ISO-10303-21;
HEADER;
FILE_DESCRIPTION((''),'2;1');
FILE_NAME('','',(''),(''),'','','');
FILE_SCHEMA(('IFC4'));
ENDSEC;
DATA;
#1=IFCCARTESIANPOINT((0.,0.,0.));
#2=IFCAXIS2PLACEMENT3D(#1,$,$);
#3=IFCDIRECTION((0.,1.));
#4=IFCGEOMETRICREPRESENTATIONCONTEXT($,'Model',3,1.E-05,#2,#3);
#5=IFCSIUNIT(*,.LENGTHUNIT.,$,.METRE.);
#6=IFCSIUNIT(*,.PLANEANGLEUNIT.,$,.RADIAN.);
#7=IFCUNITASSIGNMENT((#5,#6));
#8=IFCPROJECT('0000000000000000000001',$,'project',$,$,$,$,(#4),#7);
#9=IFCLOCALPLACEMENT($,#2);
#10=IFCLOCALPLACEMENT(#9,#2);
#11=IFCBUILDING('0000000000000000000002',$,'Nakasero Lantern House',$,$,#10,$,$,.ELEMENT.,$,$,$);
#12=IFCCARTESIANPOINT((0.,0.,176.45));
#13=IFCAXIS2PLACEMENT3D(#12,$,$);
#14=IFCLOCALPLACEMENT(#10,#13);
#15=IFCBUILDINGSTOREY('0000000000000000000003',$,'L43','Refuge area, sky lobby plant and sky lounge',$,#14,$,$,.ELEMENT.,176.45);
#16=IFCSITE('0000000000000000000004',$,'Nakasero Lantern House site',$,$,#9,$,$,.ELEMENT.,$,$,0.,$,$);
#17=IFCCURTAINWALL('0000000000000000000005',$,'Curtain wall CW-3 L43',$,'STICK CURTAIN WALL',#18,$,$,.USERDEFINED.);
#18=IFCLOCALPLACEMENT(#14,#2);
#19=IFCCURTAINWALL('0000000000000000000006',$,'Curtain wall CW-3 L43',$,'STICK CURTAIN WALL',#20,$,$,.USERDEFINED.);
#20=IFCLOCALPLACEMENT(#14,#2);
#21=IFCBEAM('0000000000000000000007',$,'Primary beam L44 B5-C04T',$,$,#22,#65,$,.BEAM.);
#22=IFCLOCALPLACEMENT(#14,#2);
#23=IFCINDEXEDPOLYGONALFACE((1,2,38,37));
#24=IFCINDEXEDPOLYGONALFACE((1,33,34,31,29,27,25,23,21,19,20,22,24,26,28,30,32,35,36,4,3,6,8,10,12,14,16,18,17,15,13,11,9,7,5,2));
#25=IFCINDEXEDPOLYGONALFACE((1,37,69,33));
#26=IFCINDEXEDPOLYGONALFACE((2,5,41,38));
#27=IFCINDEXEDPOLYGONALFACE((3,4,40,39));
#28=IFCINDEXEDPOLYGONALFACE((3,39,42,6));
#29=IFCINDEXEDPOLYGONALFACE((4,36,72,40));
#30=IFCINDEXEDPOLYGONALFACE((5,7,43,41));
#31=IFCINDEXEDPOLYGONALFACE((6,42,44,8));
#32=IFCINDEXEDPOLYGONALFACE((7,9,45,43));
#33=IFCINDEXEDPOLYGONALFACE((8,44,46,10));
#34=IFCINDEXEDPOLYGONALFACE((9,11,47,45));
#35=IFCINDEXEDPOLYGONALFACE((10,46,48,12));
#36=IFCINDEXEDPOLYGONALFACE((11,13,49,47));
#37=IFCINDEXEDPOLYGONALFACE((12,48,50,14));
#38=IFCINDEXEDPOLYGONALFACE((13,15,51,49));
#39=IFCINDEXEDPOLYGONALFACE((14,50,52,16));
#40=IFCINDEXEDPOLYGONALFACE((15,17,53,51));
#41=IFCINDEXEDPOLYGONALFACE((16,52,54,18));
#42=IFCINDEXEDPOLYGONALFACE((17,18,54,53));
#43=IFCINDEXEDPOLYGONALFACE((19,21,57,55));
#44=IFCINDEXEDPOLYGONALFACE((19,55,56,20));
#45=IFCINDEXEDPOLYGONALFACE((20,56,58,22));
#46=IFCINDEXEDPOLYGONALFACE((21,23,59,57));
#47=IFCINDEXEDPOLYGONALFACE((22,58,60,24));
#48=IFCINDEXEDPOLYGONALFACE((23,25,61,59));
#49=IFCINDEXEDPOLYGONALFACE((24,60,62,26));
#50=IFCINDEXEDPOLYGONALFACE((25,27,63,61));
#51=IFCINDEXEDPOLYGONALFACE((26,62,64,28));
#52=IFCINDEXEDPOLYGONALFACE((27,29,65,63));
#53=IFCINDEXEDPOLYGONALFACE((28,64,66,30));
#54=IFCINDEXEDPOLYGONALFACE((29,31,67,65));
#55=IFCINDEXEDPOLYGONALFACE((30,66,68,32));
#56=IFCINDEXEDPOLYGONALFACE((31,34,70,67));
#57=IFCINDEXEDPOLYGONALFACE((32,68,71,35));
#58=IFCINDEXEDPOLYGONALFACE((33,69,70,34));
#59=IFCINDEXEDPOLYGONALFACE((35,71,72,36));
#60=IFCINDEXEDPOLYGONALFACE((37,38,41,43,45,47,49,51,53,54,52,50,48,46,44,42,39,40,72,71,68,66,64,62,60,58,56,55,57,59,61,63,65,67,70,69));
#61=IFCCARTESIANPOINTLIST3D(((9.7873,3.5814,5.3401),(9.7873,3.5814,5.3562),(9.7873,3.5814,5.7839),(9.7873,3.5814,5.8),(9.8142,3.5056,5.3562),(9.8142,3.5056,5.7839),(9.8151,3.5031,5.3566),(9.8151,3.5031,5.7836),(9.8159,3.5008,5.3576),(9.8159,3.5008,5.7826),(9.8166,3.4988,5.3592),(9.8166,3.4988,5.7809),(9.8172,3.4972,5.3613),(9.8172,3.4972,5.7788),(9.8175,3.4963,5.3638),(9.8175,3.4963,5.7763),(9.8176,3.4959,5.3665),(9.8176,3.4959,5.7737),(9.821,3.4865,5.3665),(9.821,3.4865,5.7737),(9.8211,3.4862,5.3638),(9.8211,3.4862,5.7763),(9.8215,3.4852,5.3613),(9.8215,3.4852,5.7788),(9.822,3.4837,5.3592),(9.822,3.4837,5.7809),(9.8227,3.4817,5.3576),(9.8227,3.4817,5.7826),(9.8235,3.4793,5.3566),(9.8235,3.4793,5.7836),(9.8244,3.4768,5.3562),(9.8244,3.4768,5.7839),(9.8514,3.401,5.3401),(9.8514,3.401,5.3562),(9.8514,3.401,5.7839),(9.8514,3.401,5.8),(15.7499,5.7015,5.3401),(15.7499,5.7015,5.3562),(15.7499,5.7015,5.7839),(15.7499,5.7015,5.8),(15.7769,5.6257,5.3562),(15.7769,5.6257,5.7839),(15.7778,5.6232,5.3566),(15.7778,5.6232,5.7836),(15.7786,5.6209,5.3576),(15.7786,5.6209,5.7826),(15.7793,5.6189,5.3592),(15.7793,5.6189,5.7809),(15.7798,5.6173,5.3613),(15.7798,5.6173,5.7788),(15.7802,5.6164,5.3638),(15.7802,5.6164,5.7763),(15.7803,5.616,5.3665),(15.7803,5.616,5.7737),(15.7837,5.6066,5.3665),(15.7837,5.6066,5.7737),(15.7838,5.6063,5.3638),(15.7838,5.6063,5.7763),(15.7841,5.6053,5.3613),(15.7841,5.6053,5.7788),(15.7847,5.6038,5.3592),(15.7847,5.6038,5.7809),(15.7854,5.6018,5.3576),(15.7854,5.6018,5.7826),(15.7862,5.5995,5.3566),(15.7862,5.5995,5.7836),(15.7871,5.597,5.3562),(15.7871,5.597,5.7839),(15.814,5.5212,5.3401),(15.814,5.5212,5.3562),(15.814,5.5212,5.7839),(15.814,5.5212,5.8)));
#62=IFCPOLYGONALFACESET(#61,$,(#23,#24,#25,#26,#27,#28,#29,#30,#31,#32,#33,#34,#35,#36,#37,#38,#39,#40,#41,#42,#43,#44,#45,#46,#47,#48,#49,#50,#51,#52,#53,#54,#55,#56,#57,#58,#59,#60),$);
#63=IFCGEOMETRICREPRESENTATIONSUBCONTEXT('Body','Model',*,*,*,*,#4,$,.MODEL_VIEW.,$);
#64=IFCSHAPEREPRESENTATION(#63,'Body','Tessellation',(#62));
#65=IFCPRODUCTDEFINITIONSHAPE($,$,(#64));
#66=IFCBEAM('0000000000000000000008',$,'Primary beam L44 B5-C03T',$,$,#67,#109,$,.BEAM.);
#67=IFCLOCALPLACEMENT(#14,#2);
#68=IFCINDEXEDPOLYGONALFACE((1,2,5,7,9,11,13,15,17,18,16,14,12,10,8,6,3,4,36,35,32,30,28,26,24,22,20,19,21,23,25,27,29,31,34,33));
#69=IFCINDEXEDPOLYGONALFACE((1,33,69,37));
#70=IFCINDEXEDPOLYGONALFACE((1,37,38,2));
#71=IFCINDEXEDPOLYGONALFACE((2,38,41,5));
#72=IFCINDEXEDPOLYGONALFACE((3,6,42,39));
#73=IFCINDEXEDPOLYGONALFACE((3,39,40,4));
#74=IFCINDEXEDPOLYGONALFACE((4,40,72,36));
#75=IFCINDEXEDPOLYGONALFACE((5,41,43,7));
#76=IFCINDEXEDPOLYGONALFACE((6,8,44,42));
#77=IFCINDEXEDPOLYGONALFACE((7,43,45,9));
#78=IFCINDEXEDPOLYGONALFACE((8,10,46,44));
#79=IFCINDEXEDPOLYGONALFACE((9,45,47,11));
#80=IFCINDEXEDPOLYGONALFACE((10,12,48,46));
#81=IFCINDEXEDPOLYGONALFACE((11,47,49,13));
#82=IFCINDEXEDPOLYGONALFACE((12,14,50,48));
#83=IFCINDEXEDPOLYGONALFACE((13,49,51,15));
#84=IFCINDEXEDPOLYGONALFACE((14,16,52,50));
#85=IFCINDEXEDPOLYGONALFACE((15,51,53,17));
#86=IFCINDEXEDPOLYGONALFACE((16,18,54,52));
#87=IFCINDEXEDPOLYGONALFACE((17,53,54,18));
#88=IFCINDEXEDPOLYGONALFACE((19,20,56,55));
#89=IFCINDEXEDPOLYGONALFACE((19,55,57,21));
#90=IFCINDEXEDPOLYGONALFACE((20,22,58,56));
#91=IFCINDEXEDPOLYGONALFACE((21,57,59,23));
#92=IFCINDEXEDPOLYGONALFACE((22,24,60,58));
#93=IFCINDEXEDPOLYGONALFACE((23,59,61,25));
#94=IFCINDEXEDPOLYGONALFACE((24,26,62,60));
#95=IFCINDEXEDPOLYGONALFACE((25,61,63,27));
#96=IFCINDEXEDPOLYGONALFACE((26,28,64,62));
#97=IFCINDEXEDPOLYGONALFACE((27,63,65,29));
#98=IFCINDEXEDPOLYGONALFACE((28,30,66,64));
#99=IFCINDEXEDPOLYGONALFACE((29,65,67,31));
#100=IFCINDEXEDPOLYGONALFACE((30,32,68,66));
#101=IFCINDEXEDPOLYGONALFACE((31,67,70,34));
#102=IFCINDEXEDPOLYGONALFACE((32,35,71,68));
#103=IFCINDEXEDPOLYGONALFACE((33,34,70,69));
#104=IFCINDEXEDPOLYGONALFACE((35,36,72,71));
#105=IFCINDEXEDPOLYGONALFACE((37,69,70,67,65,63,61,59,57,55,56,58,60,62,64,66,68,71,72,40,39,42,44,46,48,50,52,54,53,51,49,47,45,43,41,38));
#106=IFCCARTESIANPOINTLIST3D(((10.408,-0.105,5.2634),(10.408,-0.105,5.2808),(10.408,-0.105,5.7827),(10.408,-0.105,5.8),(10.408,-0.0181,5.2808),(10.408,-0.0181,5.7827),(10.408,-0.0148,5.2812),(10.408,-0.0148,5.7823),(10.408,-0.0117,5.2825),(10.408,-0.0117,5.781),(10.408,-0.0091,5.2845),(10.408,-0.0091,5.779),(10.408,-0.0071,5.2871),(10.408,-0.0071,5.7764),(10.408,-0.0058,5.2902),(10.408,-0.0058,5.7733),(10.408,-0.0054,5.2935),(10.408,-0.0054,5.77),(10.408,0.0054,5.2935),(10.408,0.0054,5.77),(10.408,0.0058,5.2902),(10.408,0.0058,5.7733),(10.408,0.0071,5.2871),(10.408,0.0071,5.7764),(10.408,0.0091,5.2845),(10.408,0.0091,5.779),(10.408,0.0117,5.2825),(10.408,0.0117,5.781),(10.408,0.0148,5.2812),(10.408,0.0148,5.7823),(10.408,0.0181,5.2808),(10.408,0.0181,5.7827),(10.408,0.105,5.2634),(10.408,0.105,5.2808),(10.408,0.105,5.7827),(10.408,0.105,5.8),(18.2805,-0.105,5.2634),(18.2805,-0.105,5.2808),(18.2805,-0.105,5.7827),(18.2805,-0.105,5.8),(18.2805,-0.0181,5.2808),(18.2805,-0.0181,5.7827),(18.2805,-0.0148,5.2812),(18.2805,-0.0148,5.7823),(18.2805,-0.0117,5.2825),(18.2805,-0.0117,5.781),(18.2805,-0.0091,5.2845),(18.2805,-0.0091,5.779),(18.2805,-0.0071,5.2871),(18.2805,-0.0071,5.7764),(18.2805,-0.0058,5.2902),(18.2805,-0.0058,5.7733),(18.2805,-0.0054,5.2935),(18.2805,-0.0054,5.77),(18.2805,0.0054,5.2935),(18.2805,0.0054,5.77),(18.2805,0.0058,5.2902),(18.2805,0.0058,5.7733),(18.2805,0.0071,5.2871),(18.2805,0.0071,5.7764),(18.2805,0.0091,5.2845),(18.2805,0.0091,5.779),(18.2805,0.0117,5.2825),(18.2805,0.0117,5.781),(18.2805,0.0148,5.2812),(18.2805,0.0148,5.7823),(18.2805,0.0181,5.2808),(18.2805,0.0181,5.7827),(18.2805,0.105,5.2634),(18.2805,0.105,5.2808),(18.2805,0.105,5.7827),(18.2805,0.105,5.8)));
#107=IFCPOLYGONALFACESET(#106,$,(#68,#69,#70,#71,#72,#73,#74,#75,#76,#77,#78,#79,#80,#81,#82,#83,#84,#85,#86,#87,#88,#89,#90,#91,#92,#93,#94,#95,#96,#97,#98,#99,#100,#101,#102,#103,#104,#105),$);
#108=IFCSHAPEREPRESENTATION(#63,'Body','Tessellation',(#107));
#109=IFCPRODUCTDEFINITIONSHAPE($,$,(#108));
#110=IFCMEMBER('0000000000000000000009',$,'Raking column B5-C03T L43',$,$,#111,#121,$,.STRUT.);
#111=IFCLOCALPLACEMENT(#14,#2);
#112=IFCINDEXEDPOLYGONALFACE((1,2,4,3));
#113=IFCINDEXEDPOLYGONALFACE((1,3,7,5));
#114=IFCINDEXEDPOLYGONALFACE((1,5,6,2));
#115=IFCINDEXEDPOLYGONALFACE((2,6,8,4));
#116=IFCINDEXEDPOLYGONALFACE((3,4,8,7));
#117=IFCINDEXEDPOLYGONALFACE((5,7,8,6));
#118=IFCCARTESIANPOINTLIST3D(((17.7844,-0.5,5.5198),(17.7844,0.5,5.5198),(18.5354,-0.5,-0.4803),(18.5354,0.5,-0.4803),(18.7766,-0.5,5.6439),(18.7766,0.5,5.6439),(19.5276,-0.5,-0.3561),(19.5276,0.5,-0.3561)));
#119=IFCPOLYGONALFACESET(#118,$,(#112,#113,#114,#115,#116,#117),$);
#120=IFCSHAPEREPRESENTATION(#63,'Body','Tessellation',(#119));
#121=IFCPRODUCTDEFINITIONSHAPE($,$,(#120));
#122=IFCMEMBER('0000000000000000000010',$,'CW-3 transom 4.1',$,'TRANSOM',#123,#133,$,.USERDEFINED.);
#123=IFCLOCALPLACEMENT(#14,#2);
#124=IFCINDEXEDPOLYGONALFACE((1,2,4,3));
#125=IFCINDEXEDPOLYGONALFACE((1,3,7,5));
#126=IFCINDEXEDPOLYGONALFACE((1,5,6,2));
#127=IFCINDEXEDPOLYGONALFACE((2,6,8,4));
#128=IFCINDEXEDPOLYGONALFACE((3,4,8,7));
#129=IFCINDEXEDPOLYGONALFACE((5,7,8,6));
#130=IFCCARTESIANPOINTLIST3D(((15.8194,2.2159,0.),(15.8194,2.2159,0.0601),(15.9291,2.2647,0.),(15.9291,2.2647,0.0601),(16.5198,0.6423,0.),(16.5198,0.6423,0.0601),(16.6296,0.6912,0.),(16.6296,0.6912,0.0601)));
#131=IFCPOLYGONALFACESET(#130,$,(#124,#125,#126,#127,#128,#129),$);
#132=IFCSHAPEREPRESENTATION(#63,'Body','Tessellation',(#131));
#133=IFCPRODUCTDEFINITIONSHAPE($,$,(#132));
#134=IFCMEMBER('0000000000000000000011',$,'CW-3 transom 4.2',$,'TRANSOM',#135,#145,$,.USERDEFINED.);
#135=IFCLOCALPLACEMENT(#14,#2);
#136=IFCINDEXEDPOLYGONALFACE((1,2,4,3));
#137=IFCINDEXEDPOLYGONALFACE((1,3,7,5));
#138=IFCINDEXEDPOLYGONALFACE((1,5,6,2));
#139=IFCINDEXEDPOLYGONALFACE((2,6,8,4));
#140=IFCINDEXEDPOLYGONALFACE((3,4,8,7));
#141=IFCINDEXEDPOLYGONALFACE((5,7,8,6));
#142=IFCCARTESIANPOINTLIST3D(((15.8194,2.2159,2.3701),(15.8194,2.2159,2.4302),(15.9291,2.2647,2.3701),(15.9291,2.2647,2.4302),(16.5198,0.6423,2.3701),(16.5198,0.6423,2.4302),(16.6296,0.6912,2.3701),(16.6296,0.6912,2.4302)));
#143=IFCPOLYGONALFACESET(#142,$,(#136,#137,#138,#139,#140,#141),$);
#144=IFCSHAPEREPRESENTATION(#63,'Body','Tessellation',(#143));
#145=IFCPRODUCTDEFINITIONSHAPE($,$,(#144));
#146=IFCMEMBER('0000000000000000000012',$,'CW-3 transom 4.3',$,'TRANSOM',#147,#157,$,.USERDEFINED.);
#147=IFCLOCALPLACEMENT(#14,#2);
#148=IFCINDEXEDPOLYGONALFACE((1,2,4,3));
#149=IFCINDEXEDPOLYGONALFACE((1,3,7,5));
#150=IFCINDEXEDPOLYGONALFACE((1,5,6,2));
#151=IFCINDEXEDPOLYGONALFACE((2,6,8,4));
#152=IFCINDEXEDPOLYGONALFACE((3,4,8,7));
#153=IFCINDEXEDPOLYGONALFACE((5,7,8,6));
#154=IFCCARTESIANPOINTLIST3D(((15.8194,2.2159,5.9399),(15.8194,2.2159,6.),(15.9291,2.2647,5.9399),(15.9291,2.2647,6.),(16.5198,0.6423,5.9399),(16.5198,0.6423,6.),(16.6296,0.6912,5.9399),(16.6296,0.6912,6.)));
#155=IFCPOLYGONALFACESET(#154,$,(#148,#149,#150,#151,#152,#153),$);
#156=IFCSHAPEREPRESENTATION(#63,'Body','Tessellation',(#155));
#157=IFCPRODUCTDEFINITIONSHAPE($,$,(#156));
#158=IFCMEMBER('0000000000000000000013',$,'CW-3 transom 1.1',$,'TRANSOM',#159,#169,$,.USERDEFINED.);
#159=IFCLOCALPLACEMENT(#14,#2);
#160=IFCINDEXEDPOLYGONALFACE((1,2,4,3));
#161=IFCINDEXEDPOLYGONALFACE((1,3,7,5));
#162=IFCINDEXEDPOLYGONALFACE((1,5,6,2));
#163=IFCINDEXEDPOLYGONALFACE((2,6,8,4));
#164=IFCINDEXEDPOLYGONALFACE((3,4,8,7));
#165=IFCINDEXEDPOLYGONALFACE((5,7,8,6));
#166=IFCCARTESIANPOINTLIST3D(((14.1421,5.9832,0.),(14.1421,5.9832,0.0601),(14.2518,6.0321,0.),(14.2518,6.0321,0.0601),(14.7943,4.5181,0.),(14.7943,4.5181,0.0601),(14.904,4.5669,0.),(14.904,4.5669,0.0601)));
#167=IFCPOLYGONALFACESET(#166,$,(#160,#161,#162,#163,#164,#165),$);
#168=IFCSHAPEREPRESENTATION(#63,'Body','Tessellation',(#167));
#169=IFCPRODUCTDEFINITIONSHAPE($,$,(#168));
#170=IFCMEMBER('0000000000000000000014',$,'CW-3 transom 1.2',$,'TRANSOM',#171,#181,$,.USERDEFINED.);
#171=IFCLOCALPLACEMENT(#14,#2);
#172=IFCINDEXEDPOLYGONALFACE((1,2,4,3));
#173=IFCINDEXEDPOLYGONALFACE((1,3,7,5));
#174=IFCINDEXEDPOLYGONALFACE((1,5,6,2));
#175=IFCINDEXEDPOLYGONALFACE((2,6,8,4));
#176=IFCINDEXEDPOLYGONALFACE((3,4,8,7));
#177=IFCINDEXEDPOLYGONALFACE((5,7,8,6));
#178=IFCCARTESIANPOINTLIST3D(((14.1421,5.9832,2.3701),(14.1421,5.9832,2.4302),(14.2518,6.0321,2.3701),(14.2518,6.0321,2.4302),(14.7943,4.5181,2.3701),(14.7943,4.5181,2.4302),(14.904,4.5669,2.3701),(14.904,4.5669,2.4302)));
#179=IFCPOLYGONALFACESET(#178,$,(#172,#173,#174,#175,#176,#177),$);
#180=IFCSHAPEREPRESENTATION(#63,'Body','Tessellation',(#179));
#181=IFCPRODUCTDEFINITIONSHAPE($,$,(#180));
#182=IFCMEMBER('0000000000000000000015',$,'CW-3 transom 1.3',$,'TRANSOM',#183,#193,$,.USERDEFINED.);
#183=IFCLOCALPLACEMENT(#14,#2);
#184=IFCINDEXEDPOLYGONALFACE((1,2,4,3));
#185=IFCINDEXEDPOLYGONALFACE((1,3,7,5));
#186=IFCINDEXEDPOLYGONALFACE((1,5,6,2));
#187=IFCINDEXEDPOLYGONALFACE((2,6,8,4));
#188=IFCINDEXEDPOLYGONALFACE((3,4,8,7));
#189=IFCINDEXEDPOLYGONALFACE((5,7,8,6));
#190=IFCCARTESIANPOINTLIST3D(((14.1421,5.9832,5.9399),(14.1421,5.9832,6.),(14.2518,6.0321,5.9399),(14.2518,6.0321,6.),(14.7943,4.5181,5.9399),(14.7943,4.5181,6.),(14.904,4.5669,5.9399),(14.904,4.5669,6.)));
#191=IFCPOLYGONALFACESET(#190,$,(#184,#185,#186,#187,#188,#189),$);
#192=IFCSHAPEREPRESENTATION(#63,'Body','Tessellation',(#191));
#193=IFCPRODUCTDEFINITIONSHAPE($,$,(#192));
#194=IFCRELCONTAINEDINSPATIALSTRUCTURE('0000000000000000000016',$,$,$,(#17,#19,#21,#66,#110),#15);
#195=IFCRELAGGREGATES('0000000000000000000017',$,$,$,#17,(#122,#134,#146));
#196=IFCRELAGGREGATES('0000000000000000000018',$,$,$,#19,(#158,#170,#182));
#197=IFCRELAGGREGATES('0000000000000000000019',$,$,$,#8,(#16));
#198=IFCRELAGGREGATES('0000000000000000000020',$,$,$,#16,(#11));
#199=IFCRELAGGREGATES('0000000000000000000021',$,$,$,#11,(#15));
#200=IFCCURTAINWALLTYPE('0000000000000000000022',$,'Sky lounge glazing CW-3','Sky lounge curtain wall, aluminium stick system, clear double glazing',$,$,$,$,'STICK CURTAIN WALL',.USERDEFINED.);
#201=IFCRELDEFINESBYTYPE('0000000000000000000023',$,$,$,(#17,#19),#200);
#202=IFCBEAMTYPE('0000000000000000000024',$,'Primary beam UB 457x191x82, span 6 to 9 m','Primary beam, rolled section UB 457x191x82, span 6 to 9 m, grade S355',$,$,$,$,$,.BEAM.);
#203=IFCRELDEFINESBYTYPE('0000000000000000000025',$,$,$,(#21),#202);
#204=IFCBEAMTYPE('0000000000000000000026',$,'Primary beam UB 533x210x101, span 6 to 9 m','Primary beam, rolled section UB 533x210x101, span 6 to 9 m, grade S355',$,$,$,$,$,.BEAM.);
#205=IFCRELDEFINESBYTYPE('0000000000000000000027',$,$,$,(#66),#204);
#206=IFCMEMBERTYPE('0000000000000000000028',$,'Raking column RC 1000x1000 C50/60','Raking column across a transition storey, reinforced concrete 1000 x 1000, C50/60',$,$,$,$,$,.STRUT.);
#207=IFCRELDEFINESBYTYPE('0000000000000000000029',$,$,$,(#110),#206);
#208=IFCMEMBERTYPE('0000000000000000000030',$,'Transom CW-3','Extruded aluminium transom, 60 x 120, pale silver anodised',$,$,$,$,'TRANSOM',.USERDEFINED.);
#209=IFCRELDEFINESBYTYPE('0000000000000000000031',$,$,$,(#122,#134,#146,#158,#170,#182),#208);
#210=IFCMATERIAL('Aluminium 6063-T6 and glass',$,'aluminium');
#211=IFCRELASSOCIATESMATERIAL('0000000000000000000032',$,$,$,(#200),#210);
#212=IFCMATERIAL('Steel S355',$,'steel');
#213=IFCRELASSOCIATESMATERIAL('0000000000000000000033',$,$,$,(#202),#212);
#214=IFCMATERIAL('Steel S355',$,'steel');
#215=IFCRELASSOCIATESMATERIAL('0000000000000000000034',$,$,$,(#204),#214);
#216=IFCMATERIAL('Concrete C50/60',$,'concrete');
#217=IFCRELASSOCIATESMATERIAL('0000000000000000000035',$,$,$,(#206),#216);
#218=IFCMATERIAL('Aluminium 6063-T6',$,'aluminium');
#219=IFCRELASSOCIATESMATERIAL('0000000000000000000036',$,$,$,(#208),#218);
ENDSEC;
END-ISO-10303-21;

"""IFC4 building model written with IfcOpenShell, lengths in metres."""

from ifc_helpers import new_model, si_unit, direction, frame, origin, origin_2d, place, context, subcontext, project, spatial, rectangle, i_section, extrude, material, material_profile, profile_set, type_object, element, aggregate, save


model = new_model("IFC4")

# Units and contexts
model_context = context("Model", 3, precision=1e-05, world=origin(), true_north=direction((0.0, 1.0)))
body_context = subcontext(model_context, "Body", "Model", "MODEL_VIEW")
ifc_project = project(units=[si_unit("LENGTHUNIT", "METRE"), si_unit("PLANEANGLEUNIT", "RADIAN")], contexts=[model_context])

# Site, building, storey
site_placement = place(None, origin())
site = spatial("IfcSite", under=ifc_project, at=site_placement, Name="Nakasero Lantern House site", CompositionType="ELEMENT", RefElevation=0.0)
building_placement = place(site_placement, origin())
building = spatial("IfcBuilding", under=site, at=building_placement, Name="Nakasero Lantern House", CompositionType="ELEMENT")
storey_placement = place(building_placement, frame((0.0, 0.0, 176.45)))
storey = spatial("IfcBuildingStorey", under=building, at=storey_placement, Name="L43", Description="Refuge area, sky lobby plant and sky lounge", CompositionType="ELEMENT", Elevation=176.45)

# Curtain wall
ifc_material_1 = material(Name="Aluminium 6063-T6 and glass", Category="aluminium")
curtain_wall_type = type_object("IfcCurtainWallType", Name="Sky lounge glazing CW-3", Description="Sky lounge curtain wall, aluminium stick system, clear double glazing", ElementType="STICK CURTAIN WALL", PredefinedType="USERDEFINED", material=ifc_material_1)
curtain_wall_1_placement = place(storey_placement, origin())
curtain_wall_1 = element("IfcCurtainWall", 1, at=curtain_wall_1_placement, inside=storey, type_object=curtain_wall_type, Name="Curtain wall CW-3 L43", ObjectType="STICK CURTAIN WALL", PredefinedType="USERDEFINED")

# Curtain wall
curtain_wall_2_placement = place(storey_placement, origin())
curtain_wall_2 = element("IfcCurtainWall", 2, at=curtain_wall_2_placement, inside=storey, type_object=curtain_wall_type, Name="Curtain wall CW-3 L43", ObjectType="STICK CURTAIN WALL", PredefinedType="USERDEFINED")

# Beams
ifc_material_2 = material(Name="Steel S355", Category="steel")
ifc_material_profile_1 = material_profile(ifc_material_2, i_section(OverallWidth=0.1914, OverallDepth=0.46, WebThickness=0.01, FlangeThickness=0.0161, FilletRadius=0.0103, at=origin_2d()), Name="UB 457x191x82")
ifc_profile_set_1 = profile_set([ifc_material_profile_1], Name="Steel S355")
beam_type_1 = type_object("IfcBeamType", Name="Primary beam UB 457x191x82, span 6 to 9 m", Description="Primary beam, rolled section UB 457x191x82, span 6 to 9 m, grade S355", PredefinedType="BEAM", material=ifc_profile_set_1)
beam_1_placement = place(storey_placement, frame((15.782, 5.6113, 5.5701), z_axis=(-0.942211, -0.335019, 0.0), x_axis=(0.335019, -0.942211, 0.0)))
element("IfcBeam", 3, at=beam_1_placement, inside=storey, type_object=beam_type_1, Name="Primary beam L44 B5-C04T", PredefinedType="BEAM", context=body_context, shape_type="SweptSolid", body=[
    extrude(i_section(OverallWidth=0.1914, OverallDepth=0.46, WebThickness=0.01, FlangeThickness=0.0161, FilletRadius=0.0103, at=origin_2d()), origin(), (0.0, 0.0, 1.0), 6.3284),
])
ifc_material_3 = material(Name="Steel S355", Category="steel")
ifc_material_profile_2 = material_profile(ifc_material_3, i_section(OverallWidth=0.21, OverallDepth=0.5366, WebThickness=0.0107, FlangeThickness=0.0173, FilletRadius=0.0127, at=origin_2d()), Name="UB 533x210x101")
ifc_profile_set_2 = profile_set([ifc_material_profile_2], Name="Steel S355")
beam_type_2 = type_object("IfcBeamType", Name="Primary beam UB 533x210x101, span 6 to 9 m", Description="Primary beam, rolled section UB 533x210x101, span 6 to 9 m, grade S355", PredefinedType="BEAM", material=ifc_profile_set_2)
beam_2_placement = place(storey_placement, frame((18.2805, 0.0, 5.5317), z_axis=(-1.0, 0.0, 0.0), x_axis=(0.0, -1.0, 0.0)))
element("IfcBeam", 4, at=beam_2_placement, inside=storey, type_object=beam_type_2, Name="Primary beam L44 B5-C03T", PredefinedType="BEAM", context=body_context, shape_type="SweptSolid", body=[
    extrude(i_section(OverallWidth=0.21, OverallDepth=0.5366, WebThickness=0.0107, FlangeThickness=0.0173, FilletRadius=0.0127, at=origin_2d()), origin(), (0.0, 0.0, 1.0), 7.8726),
])

# Members
ifc_material_4 = material(Name="Concrete C50/60", Category="concrete")
ifc_material_profile_3 = material_profile(ifc_material_4, rectangle(XDim=1.0, YDim=1.0, at=origin_2d()), Name="RC 1000x1000")
ifc_profile_set_3 = profile_set([ifc_material_profile_3], Name="Concrete C50/60")
member_type_1 = type_object("IfcMemberType", Name="Raking column RC 1000x1000 C50/60", Description="Raking column across a transition storey, reinforced concrete 1000 x 1000, C50/60", PredefinedType="STRUT", material=ifc_profile_set_3)
member_1_placement = place(storey_placement, frame((19.0315, 0.0, -0.4182), z_axis=(-0.124194, 0.0, 0.992258), x_axis=(0.0, -1.0, 0.0)))
element("IfcMember", 5, at=member_1_placement, inside=storey, type_object=member_type_1, Name="Raking column B5-C03T L43", PredefinedType="STRUT", context=body_context, shape_type="SweptSolid", body=[
    extrude(rectangle(XDim=1.0, YDim=1.0, at=origin_2d()), origin(), (0.0, 0.0, 1.0), 6.0469),
])
ifc_material_5 = material(Name="Aluminium 6063-T6", Category="aluminium")
ifc_material_profile_4 = material_profile(ifc_material_5, rectangle(XDim=0.0601, YDim=0.1201, at=origin_2d()), Name="CW-3 transom 60x120")
ifc_profile_set_4 = profile_set([ifc_material_profile_4], Name="Aluminium 6063-T6")
member_type_2 = type_object("IfcMemberType", Name="Transom CW-3", Description="Extruded aluminium transom, 60 x 120, pale silver anodised", ElementType="TRANSOM", PredefinedType="USERDEFINED", material=ifc_profile_set_4)
member_2_placement = place(storey_placement, frame((16.5747, 0.6667, 0.03), z_axis=(-0.406678, 0.913572, 0.0), x_axis=(0.0, 0.0, 1.0)))
member_2 = element("IfcMember", 6, at=member_2_placement, type_object=member_type_2, Name="CW-3 transom 4.1", ObjectType="TRANSOM", PredefinedType="USERDEFINED", context=body_context, shape_type="SweptSolid", body=[
    extrude(rectangle(XDim=0.0601, YDim=0.1201, at=origin_2d()), origin(), (0.0, 0.0, 1.0), 1.7224),
])
member_3_placement = place(storey_placement, frame((16.5747, 0.6667, 2.4001), z_axis=(-0.406678, 0.913572, 0.0), x_axis=(0.0, 0.0, 1.0)))
member_3 = element("IfcMember", 7, at=member_3_placement, type_object=member_type_2, Name="CW-3 transom 4.2", ObjectType="TRANSOM", PredefinedType="USERDEFINED", context=body_context, shape_type="SweptSolid", body=[
    extrude(rectangle(XDim=0.0601, YDim=0.1201, at=origin_2d()), origin(), (0.0, 0.0, 1.0), 1.7224),
])
member_4_placement = place(storey_placement, frame((16.5747, 0.6667, 5.97), z_axis=(-0.406678, 0.913572, 0.0), x_axis=(0.0, 0.0, 1.0)))
member_4 = element("IfcMember", 8, at=member_4_placement, type_object=member_type_2, Name="CW-3 transom 4.3", ObjectType="TRANSOM", PredefinedType="USERDEFINED", context=body_context, shape_type="SweptSolid", body=[
    extrude(rectangle(XDim=0.0601, YDim=0.1201, at=origin_2d()), origin(), (0.0, 0.0, 1.0), 1.7224),
])
member_5_placement = place(storey_placement, frame((14.8491, 4.5425, 0.03), z_axis=(-0.406633, 0.913592, 0.0), x_axis=(0.0, 0.0, 1.0)))
member_5 = element("IfcMember", 9, at=member_5_placement, type_object=member_type_2, Name="CW-3 transom 1.1", ObjectType="TRANSOM", PredefinedType="USERDEFINED", context=body_context, shape_type="SweptSolid", body=[
    extrude(rectangle(XDim=0.0601, YDim=0.1201, at=origin_2d()), origin(), (0.0, 0.0, 1.0), 1.6038),
])
member_6_placement = place(storey_placement, frame((14.8491, 4.5425, 2.4001), z_axis=(-0.406633, 0.913592, 0.0), x_axis=(0.0, 0.0, 1.0)))
member_6 = element("IfcMember", 10, at=member_6_placement, type_object=member_type_2, Name="CW-3 transom 1.2", ObjectType="TRANSOM", PredefinedType="USERDEFINED", context=body_context, shape_type="SweptSolid", body=[
    extrude(rectangle(XDim=0.0601, YDim=0.1201, at=origin_2d()), origin(), (0.0, 0.0, 1.0), 1.6038),
])
member_7_placement = place(storey_placement, frame((14.8491, 4.5425, 5.97), z_axis=(-0.406633, 0.913592, 0.0), x_axis=(0.0, 0.0, 1.0)))
member_7 = element("IfcMember", 11, at=member_7_placement, type_object=member_type_2, Name="CW-3 transom 1.3", ObjectType="TRANSOM", PredefinedType="USERDEFINED", context=body_context, shape_type="SweptSolid", body=[
    extrude(rectangle(XDim=0.0601, YDim=0.1201, at=origin_2d()), origin(), (0.0, 0.0, 1.0), 1.6038),
])

aggregate(curtain_wall_1, [member_2, member_3, member_4])
aggregate(curtain_wall_2, [member_5, member_6, member_7])

save(model, "model.ifc")
